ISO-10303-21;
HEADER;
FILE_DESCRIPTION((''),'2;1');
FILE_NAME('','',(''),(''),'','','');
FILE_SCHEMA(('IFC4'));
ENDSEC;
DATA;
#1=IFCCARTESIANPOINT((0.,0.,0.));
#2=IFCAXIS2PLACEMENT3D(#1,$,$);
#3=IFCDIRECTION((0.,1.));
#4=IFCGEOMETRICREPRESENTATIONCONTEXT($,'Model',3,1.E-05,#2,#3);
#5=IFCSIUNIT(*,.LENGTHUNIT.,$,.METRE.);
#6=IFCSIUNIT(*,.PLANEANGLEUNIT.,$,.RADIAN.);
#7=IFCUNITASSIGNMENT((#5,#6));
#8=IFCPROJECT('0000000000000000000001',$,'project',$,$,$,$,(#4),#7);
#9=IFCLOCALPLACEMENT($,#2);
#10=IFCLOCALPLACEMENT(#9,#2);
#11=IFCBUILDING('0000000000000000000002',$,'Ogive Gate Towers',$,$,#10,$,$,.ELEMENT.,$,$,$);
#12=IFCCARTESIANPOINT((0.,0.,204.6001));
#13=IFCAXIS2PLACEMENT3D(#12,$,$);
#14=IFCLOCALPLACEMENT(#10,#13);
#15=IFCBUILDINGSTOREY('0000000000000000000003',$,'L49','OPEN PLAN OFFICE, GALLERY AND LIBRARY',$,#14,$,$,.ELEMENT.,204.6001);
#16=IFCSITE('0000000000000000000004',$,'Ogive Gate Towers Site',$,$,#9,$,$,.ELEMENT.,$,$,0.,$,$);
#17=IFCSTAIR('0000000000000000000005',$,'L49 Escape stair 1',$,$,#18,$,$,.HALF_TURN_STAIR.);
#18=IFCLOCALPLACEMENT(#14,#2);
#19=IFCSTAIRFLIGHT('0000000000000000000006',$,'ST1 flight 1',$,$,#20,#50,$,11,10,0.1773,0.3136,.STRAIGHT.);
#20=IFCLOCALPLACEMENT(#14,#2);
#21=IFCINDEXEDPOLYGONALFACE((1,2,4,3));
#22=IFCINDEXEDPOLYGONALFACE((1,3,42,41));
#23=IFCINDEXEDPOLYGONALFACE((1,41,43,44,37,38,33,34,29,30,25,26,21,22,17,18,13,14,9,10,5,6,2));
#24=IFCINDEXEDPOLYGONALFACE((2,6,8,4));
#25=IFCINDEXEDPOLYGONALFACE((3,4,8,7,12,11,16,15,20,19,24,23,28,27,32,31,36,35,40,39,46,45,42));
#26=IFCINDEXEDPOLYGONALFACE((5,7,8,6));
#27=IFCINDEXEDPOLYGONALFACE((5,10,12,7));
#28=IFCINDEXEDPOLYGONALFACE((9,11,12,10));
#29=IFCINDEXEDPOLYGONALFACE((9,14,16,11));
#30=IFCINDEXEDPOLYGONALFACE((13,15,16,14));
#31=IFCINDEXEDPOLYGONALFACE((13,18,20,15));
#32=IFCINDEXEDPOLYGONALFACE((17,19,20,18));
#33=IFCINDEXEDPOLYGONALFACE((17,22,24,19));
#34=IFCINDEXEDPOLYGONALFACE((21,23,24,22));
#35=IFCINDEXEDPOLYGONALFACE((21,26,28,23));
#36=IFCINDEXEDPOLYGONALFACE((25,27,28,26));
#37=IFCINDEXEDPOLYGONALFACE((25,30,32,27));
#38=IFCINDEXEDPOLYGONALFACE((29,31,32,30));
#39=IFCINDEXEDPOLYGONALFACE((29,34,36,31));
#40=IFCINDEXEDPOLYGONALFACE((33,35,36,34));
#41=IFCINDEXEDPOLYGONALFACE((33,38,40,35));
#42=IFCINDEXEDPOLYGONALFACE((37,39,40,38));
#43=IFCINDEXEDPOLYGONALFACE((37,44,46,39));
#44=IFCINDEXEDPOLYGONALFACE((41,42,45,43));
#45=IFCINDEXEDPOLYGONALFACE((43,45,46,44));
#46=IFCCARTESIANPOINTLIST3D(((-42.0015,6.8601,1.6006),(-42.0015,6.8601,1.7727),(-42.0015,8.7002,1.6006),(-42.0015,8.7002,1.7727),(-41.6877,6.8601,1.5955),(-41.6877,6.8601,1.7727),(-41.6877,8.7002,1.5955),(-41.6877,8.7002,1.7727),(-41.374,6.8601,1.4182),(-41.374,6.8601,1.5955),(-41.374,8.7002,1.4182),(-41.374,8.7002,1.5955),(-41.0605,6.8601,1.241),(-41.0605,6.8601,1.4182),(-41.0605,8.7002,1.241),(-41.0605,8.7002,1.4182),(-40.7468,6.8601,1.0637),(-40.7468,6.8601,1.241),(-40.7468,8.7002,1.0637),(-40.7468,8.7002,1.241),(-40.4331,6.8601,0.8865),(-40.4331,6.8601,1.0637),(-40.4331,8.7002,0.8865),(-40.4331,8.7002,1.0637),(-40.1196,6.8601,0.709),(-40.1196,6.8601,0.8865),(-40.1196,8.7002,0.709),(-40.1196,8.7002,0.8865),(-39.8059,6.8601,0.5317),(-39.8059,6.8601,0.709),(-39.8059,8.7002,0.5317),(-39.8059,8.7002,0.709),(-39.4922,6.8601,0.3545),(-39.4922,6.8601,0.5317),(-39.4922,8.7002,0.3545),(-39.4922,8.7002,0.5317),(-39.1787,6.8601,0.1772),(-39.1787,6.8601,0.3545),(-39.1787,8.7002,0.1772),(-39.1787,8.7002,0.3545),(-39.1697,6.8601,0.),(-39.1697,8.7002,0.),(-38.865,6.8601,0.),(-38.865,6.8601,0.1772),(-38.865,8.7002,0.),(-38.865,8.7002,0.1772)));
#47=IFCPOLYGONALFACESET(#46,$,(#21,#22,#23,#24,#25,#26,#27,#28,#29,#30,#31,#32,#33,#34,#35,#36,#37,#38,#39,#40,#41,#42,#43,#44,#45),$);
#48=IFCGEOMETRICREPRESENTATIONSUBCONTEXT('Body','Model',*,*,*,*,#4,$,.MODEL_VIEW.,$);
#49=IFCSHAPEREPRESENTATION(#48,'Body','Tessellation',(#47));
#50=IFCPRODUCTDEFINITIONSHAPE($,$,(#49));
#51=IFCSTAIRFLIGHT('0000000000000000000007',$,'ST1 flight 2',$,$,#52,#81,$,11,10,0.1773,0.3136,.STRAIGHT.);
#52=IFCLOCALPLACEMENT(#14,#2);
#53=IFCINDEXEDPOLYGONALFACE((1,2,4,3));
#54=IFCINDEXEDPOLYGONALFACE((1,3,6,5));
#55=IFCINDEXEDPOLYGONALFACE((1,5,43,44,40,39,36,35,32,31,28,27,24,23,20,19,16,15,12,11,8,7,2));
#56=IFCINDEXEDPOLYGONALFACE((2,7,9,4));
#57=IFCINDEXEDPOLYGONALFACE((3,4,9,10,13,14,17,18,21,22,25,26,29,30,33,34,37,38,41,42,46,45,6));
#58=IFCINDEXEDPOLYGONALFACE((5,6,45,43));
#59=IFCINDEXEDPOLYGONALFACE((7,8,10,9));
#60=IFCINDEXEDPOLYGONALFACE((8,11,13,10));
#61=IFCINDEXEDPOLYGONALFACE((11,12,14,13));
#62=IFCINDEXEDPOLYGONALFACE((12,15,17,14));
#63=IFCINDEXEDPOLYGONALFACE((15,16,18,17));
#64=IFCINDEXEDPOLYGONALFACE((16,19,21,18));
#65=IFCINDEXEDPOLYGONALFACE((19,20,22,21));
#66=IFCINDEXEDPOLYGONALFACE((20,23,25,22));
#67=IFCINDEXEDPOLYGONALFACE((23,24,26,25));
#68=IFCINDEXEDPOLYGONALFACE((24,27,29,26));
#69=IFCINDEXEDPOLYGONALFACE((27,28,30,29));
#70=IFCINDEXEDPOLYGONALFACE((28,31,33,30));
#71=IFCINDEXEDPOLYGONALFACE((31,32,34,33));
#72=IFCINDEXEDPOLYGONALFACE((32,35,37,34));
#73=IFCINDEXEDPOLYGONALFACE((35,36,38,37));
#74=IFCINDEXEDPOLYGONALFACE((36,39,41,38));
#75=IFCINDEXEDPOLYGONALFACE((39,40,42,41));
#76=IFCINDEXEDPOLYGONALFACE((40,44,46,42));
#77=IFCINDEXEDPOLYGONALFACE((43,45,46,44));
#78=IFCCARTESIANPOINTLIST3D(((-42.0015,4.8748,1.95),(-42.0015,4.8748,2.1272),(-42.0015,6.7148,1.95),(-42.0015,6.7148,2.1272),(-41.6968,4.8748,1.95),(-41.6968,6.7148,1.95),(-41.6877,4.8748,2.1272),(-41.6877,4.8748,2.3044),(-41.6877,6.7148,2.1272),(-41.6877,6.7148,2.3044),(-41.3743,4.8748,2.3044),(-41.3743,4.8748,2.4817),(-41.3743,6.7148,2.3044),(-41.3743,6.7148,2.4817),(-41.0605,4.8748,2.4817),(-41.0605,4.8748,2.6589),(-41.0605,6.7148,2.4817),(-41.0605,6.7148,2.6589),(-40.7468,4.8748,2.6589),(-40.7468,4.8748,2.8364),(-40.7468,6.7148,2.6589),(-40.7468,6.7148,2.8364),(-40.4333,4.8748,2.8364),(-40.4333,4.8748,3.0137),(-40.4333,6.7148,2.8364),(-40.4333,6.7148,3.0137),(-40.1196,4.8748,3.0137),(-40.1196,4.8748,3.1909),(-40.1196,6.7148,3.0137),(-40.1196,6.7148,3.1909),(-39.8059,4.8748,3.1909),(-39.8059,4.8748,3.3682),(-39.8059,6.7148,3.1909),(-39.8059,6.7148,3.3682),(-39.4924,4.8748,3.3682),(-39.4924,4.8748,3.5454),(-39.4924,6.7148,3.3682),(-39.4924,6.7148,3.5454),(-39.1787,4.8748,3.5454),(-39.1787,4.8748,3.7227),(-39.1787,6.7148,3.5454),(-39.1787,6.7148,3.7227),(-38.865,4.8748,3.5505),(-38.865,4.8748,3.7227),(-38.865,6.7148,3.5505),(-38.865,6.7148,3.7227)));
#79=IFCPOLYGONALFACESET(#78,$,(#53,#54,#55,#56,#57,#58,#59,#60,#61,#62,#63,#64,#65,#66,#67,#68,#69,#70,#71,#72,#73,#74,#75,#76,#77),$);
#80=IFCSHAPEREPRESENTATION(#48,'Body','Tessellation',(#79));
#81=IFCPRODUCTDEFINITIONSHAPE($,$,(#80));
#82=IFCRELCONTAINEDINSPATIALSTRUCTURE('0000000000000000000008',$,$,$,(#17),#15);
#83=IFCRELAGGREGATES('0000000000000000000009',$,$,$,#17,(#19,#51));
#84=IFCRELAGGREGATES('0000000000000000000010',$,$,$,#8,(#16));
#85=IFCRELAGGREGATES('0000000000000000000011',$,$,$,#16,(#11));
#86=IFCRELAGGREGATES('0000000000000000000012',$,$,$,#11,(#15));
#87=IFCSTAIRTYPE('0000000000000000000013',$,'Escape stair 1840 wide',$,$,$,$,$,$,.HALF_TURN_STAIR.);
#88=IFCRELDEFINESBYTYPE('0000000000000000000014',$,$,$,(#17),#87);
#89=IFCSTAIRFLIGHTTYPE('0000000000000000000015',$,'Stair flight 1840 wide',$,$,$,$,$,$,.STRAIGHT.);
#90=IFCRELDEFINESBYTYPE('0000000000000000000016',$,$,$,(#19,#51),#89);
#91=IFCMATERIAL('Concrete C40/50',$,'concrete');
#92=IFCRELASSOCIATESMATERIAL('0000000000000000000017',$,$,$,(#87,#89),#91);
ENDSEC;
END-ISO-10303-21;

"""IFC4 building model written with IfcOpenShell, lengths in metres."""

from ifc_helpers import new_model, si_unit, direction, frame, origin, place, context, subcontext, project, spatial, polyline, outline, extrude, material, type_object, element, aggregate, save


model = new_model("IFC4")

# Units and contexts
model_context = context("Model", 3, precision=1e-05, world=origin(), true_north=direction((0.0, 1.0)))
body_context = subcontext(model_context, "Body", "Model", "MODEL_VIEW")
ifc_project = project(units=[si_unit("LENGTHUNIT", "METRE"), si_unit("PLANEANGLEUNIT", "RADIAN")], contexts=[model_context])

# Site, building, storey
site_placement = place(None, origin())
site = spatial("IfcSite", under=ifc_project, at=site_placement, Name="Ogive Gate Towers Site", CompositionType="ELEMENT", RefElevation=0.0)
building_placement = place(site_placement, origin())
building = spatial("IfcBuilding", under=site, at=building_placement, Name="Ogive Gate Towers", CompositionType="ELEMENT")
storey_placement = place(building_placement, frame((0.0, 0.0, 204.6001)))
storey = spatial("IfcBuildingStorey", under=building, at=storey_placement, Name="L49", Description="OPEN PLAN OFFICE, GALLERY AND LIBRARY", CompositionType="ELEMENT", Elevation=204.6001)

# Stair, stair flights
ifc_material_1 = material(Name="Concrete C40/50", Category="concrete")
stair_type = type_object("IfcStairType", Name="Escape stair 1840 wide", PredefinedType="HALF_TURN_STAIR", material=ifc_material_1)
stair_placement = place(storey_placement, origin())
stair = element("IfcStair", 1, at=stair_placement, inside=storey, type_object=stair_type, Name="L49 Escape stair 1", PredefinedType="HALF_TURN_STAIR")
stair_flight_type = type_object("IfcStairFlightType", Name="Stair flight 1840 wide", PredefinedType="STRAIGHT", material=ifc_material_1)
stair_flight_1_placement = place(storey_placement, frame((-38.865, 7.78, 0.0), z_axis=(0.0, 0.0, 1.0), x_axis=(-1.0, 0.0, 0.0)))
stair_flight_1 = element("IfcStairFlight", 2, at=stair_flight_1_placement, type_object=stair_flight_type, Name="ST1 flight 1", NumberOfRisers=11, NumberOfTreads=10, PredefinedType="STRAIGHT", RiserHeight=0.1773, TreadLength=0.3136, context=body_context, shape_type="SweptSolid", body=[
    extrude(outline(polyline([(0.0, 0.0), (0.0, 0.1772), (0.3137, 0.1772), (0.3137, 0.3545), (0.6272, 0.3545), (0.6272, 0.5317), (0.9409, 0.5317), (0.9409, 0.709), (1.2546, 0.709), (1.2546, 0.8865), (1.5681, 0.8865), (1.5681, 1.0637), (1.8818, 1.0637), (1.8818, 1.241), (2.1956, 1.241), (2.1956, 1.4182), (2.509, 1.4182), (2.509, 1.5955), (2.8228, 1.5955), (2.8228, 1.7727), (3.1365, 1.7727), (3.1365, 1.95), (3.1365, 1.6006), (0.3047, 0.0), (0.0, 0.0)])), frame((0.0, 0.9199, 0.0), z_axis=(0.0, -1.0, 0.0), x_axis=(1.0, 0.0, 0.0)), (0.0, 0.0, 1.0), 1.8401),
])
stair_flight_2_placement = place(storey_placement, frame((-42.0015, 5.7949, 1.95), z_axis=(0.0, 0.0, 1.0), x_axis=(1.0, 0.0, 0.0)))
stair_flight_2 = element("IfcStairFlight", 3, at=stair_flight_2_placement, type_object=stair_flight_type, Name="ST1 flight 2", NumberOfRisers=11, NumberOfTreads=10, PredefinedType="STRAIGHT", RiserHeight=0.1773, TreadLength=0.3136, context=body_context, shape_type="SweptSolid", body=[
    extrude(outline(polyline([(0.0, 0.0), (0.0, 0.1772), (0.3137, 0.1772), (0.3137, 0.3545), (0.6272, 0.3545), (0.6272, 0.5317), (0.9409, 0.5317), (0.9409, 0.709), (1.2546, 0.709), (1.2546, 0.8865), (1.5681, 0.8865), (1.5681, 1.0637), (1.8818, 1.0637), (1.8818, 1.241), (2.1956, 1.241), (2.1956, 1.4182), (2.509, 1.4182), (2.509, 1.5955), (2.8228, 1.5955), (2.8228, 1.7727), (3.1365, 1.7727), (3.1365, 1.95), (3.1365, 1.6006), (0.3047, 0.0), (0.0, 0.0)])), frame((0.0, 0.9199, 0.0), z_axis=(0.0, -1.0, 0.0), x_axis=(1.0, 0.0, 0.0)), (0.0, 0.0, 1.0), 1.8401),
])
aggregate(stair, [stair_flight_1, stair_flight_2])

save(model, "model.ifc")
